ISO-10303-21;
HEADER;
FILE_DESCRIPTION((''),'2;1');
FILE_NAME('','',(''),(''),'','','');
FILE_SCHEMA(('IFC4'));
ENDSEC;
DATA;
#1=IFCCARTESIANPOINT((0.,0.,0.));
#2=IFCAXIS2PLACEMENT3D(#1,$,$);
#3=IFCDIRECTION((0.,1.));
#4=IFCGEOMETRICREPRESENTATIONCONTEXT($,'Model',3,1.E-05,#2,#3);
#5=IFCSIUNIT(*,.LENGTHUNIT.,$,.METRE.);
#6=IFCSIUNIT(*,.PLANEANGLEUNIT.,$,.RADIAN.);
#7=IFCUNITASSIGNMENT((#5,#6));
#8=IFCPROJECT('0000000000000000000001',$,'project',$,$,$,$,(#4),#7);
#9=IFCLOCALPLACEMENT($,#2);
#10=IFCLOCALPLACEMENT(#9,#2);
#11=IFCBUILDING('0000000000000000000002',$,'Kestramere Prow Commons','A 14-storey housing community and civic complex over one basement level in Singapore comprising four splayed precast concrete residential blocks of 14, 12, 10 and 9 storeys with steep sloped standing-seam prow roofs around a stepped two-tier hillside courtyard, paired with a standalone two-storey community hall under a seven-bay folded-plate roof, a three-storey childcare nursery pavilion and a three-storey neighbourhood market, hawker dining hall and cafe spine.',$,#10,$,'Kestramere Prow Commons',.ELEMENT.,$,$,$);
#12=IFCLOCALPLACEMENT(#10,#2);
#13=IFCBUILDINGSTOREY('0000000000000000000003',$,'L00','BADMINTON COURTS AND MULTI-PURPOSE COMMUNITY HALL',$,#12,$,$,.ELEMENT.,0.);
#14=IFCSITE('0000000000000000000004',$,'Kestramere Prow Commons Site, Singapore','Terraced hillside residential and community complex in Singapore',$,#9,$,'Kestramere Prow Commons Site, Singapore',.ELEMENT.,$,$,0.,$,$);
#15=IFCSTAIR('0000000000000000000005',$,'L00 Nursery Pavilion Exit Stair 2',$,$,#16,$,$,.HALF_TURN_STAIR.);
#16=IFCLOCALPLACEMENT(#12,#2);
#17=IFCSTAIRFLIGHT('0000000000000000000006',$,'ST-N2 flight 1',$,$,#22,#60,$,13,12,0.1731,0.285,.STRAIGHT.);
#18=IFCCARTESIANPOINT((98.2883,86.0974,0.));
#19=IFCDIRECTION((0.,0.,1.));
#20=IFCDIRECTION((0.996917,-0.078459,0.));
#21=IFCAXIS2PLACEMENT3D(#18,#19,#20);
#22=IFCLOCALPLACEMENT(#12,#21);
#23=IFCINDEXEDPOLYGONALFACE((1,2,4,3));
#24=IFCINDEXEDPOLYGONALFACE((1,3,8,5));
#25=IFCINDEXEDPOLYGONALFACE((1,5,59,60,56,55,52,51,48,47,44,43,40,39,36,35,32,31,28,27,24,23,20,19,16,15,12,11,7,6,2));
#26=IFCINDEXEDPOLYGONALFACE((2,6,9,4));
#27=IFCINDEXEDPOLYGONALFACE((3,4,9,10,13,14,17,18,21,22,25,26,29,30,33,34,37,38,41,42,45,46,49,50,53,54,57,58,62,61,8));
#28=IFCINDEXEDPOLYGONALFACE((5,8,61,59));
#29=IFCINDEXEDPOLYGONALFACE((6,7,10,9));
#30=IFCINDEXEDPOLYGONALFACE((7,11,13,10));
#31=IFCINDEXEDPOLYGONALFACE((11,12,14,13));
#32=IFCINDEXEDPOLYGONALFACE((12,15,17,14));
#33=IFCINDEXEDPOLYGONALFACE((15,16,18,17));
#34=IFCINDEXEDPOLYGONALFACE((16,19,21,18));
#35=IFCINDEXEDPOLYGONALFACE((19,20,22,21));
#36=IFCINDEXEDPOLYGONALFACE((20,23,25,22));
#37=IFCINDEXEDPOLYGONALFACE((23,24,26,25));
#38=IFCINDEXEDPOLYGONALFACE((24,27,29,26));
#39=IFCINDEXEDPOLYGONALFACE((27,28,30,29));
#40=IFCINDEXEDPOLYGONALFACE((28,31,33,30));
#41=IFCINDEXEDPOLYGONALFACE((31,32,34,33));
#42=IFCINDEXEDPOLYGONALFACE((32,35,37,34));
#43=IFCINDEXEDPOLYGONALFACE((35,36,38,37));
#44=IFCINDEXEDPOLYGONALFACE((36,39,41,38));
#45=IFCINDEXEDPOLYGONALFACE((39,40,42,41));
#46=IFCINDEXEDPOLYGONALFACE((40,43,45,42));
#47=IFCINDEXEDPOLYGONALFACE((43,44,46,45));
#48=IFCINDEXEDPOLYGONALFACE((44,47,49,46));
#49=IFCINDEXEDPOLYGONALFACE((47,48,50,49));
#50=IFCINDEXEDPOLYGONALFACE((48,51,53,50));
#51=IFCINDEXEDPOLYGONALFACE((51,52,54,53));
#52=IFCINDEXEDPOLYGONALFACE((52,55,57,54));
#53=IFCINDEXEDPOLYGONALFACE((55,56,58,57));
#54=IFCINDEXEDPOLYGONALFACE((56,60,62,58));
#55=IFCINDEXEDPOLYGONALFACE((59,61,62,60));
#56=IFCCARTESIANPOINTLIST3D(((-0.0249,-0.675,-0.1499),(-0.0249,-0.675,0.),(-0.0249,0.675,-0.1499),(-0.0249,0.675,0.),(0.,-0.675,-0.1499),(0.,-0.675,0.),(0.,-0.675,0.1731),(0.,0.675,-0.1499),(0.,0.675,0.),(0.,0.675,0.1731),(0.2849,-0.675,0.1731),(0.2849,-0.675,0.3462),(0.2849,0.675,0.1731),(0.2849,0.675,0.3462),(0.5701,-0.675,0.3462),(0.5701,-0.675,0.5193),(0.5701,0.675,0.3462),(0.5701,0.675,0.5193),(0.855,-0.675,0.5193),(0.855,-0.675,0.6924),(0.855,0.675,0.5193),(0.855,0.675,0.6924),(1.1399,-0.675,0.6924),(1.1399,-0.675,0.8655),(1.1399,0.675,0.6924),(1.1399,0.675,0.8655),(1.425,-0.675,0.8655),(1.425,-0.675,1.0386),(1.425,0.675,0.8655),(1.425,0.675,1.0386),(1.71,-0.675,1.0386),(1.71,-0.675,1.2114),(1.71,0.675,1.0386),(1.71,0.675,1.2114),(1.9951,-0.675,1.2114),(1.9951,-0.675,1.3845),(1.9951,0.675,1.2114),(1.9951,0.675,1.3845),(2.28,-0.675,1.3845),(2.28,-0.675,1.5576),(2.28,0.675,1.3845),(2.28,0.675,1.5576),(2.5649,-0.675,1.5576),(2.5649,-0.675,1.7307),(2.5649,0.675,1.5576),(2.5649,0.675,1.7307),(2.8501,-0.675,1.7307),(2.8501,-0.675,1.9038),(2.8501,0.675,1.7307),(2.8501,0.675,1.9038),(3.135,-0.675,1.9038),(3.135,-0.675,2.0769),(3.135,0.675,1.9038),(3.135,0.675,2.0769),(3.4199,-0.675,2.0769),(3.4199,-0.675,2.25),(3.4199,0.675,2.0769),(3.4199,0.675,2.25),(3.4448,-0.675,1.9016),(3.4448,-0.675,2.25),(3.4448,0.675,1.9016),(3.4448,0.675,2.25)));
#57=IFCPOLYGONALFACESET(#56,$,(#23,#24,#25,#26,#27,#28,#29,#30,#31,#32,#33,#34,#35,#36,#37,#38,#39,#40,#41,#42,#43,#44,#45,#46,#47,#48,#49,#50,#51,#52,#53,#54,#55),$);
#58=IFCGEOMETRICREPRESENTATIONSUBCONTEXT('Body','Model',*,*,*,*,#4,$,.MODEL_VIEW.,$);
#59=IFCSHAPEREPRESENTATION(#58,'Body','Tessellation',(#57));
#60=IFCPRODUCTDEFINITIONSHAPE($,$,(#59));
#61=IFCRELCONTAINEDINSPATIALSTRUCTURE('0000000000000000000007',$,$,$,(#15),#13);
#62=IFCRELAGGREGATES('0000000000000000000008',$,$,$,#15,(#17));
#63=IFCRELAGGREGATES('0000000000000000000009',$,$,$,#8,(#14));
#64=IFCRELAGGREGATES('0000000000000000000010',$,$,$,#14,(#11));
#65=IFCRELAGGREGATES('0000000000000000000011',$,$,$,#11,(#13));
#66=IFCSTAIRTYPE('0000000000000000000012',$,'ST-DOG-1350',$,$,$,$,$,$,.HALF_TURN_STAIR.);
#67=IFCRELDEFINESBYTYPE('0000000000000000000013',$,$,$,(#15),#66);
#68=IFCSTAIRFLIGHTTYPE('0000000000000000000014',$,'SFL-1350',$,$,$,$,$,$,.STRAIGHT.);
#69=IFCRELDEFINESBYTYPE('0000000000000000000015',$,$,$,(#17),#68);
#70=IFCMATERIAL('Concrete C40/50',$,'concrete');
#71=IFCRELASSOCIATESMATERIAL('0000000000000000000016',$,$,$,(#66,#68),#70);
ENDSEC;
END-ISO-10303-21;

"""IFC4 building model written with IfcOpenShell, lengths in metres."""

from ifc_helpers import new_model, si_unit, direction, frame, origin, place, context, subcontext, project, spatial, polyline, outline, extrude, material, type_object, element, aggregate, save


model = new_model("IFC4")

# Units and contexts
model_context = context("Model", 3, precision=1e-05, world=origin(), true_north=direction((0.0, 1.0)))
body_context = subcontext(model_context, "Body", "Model", "MODEL_VIEW")
ifc_project = project(units=[si_unit("LENGTHUNIT", "METRE"), si_unit("PLANEANGLEUNIT", "RADIAN")], contexts=[model_context])

# Site, building, storey
site_placement = place(None, origin())
site = spatial("IfcSite", under=ifc_project, at=site_placement, Name="Kestramere Prow Commons Site, Singapore", Description="Terraced hillside residential and community complex in Singapore", LongName="Kestramere Prow Commons Site, Singapore", CompositionType="ELEMENT", RefElevation=0.0)
building_placement = place(site_placement, origin())
building = spatial("IfcBuilding", under=site, at=building_placement, Name="Kestramere Prow Commons", Description="A 14-storey housing community and civic complex over one basement level in Singapore comprising four splayed precast concrete residential blocks of 14, 12, 10 and 9 storeys with steep sloped standing-seam prow roofs around a stepped two-tier hillside courtyard, paired with a standalone two-storey community hall under a seven-bay folded-plate roof, a three-storey childcare nursery pavilion and a three-storey neighbourhood market, hawker dining hall and cafe spine.", LongName="Kestramere Prow Commons", CompositionType="ELEMENT")
storey_placement = place(building_placement, origin())
storey = spatial("IfcBuildingStorey", under=building, at=storey_placement, Name="L00", Description="BADMINTON COURTS AND MULTI-PURPOSE COMMUNITY HALL", CompositionType="ELEMENT", Elevation=0.0)

# Shared definitions
ifc_material_1 = material(Name="Concrete C40/50", Category="concrete")

# Stair, stair flight
stair_type = type_object("IfcStairType", Name="ST-DOG-1350", PredefinedType="HALF_TURN_STAIR", material=ifc_material_1)
stair_placement = place(storey_placement, origin())
stair = element("IfcStair", 1, at=stair_placement, inside=storey, type_object=stair_type, Name="L00 Nursery Pavilion Exit Stair 2", PredefinedType="HALF_TURN_STAIR")
stair_flight_type = type_object("IfcStairFlightType", Name="SFL-1350", PredefinedType="STRAIGHT", material=ifc_material_1)
stair_flight_1_placement = place(storey_placement, frame((98.2883, 86.0974, 0.0), z_axis=(0.0, 0.0, 1.0), x_axis=(0.996917, -0.078459, 0.0)))
stair_flight_1 = element("IfcStairFlight", 2, at=stair_flight_1_placement, type_object=stair_flight_type, Name="ST-N2 flight 1", NumberOfRisers=13, NumberOfTreads=12, PredefinedType="STRAIGHT", RiserHeight=0.1731, TreadLength=0.285, context=body_context, shape_type="SweptSolid", body=[
    extrude(outline(polyline([(-0.0249, 0.0), (0.0, 0.0), (0.0, 0.1731), (0.2849, 0.1731), (0.2849, 0.3462), (0.5701, 0.3462), (0.5701, 0.5193), (0.855, 0.5193), (0.855, 0.6924), (1.1399, 0.6924), (1.1399, 0.8655), (1.425, 0.8655), (1.425, 1.0386), (1.71, 1.0386), (1.71, 1.2114), (1.9951, 1.2114), (1.9951, 1.3845), (2.28, 1.3845), (2.28, 1.5576), (2.5649, 1.5576), (2.5649, 1.7307), (2.8501, 1.7307), (2.8501, 1.9038), (3.135, 1.9038), (3.135, 2.0769), (3.4199, 2.0769), (3.4199, 2.25), (3.4448, 2.25), (3.4448, 1.9016), (0.0, -0.1499), (-0.0249, -0.1499), (-0.0249, 0.0)])), frame((0.0, 0.675, 0.0), z_axis=(0.0, -1.0, 0.0), x_axis=(1.0, 0.0, 0.0)), (0.0, 0.0, 1.0), 1.3501),
])
aggregate(stair, [stair_flight_1])

save(model, "model.ifc")
